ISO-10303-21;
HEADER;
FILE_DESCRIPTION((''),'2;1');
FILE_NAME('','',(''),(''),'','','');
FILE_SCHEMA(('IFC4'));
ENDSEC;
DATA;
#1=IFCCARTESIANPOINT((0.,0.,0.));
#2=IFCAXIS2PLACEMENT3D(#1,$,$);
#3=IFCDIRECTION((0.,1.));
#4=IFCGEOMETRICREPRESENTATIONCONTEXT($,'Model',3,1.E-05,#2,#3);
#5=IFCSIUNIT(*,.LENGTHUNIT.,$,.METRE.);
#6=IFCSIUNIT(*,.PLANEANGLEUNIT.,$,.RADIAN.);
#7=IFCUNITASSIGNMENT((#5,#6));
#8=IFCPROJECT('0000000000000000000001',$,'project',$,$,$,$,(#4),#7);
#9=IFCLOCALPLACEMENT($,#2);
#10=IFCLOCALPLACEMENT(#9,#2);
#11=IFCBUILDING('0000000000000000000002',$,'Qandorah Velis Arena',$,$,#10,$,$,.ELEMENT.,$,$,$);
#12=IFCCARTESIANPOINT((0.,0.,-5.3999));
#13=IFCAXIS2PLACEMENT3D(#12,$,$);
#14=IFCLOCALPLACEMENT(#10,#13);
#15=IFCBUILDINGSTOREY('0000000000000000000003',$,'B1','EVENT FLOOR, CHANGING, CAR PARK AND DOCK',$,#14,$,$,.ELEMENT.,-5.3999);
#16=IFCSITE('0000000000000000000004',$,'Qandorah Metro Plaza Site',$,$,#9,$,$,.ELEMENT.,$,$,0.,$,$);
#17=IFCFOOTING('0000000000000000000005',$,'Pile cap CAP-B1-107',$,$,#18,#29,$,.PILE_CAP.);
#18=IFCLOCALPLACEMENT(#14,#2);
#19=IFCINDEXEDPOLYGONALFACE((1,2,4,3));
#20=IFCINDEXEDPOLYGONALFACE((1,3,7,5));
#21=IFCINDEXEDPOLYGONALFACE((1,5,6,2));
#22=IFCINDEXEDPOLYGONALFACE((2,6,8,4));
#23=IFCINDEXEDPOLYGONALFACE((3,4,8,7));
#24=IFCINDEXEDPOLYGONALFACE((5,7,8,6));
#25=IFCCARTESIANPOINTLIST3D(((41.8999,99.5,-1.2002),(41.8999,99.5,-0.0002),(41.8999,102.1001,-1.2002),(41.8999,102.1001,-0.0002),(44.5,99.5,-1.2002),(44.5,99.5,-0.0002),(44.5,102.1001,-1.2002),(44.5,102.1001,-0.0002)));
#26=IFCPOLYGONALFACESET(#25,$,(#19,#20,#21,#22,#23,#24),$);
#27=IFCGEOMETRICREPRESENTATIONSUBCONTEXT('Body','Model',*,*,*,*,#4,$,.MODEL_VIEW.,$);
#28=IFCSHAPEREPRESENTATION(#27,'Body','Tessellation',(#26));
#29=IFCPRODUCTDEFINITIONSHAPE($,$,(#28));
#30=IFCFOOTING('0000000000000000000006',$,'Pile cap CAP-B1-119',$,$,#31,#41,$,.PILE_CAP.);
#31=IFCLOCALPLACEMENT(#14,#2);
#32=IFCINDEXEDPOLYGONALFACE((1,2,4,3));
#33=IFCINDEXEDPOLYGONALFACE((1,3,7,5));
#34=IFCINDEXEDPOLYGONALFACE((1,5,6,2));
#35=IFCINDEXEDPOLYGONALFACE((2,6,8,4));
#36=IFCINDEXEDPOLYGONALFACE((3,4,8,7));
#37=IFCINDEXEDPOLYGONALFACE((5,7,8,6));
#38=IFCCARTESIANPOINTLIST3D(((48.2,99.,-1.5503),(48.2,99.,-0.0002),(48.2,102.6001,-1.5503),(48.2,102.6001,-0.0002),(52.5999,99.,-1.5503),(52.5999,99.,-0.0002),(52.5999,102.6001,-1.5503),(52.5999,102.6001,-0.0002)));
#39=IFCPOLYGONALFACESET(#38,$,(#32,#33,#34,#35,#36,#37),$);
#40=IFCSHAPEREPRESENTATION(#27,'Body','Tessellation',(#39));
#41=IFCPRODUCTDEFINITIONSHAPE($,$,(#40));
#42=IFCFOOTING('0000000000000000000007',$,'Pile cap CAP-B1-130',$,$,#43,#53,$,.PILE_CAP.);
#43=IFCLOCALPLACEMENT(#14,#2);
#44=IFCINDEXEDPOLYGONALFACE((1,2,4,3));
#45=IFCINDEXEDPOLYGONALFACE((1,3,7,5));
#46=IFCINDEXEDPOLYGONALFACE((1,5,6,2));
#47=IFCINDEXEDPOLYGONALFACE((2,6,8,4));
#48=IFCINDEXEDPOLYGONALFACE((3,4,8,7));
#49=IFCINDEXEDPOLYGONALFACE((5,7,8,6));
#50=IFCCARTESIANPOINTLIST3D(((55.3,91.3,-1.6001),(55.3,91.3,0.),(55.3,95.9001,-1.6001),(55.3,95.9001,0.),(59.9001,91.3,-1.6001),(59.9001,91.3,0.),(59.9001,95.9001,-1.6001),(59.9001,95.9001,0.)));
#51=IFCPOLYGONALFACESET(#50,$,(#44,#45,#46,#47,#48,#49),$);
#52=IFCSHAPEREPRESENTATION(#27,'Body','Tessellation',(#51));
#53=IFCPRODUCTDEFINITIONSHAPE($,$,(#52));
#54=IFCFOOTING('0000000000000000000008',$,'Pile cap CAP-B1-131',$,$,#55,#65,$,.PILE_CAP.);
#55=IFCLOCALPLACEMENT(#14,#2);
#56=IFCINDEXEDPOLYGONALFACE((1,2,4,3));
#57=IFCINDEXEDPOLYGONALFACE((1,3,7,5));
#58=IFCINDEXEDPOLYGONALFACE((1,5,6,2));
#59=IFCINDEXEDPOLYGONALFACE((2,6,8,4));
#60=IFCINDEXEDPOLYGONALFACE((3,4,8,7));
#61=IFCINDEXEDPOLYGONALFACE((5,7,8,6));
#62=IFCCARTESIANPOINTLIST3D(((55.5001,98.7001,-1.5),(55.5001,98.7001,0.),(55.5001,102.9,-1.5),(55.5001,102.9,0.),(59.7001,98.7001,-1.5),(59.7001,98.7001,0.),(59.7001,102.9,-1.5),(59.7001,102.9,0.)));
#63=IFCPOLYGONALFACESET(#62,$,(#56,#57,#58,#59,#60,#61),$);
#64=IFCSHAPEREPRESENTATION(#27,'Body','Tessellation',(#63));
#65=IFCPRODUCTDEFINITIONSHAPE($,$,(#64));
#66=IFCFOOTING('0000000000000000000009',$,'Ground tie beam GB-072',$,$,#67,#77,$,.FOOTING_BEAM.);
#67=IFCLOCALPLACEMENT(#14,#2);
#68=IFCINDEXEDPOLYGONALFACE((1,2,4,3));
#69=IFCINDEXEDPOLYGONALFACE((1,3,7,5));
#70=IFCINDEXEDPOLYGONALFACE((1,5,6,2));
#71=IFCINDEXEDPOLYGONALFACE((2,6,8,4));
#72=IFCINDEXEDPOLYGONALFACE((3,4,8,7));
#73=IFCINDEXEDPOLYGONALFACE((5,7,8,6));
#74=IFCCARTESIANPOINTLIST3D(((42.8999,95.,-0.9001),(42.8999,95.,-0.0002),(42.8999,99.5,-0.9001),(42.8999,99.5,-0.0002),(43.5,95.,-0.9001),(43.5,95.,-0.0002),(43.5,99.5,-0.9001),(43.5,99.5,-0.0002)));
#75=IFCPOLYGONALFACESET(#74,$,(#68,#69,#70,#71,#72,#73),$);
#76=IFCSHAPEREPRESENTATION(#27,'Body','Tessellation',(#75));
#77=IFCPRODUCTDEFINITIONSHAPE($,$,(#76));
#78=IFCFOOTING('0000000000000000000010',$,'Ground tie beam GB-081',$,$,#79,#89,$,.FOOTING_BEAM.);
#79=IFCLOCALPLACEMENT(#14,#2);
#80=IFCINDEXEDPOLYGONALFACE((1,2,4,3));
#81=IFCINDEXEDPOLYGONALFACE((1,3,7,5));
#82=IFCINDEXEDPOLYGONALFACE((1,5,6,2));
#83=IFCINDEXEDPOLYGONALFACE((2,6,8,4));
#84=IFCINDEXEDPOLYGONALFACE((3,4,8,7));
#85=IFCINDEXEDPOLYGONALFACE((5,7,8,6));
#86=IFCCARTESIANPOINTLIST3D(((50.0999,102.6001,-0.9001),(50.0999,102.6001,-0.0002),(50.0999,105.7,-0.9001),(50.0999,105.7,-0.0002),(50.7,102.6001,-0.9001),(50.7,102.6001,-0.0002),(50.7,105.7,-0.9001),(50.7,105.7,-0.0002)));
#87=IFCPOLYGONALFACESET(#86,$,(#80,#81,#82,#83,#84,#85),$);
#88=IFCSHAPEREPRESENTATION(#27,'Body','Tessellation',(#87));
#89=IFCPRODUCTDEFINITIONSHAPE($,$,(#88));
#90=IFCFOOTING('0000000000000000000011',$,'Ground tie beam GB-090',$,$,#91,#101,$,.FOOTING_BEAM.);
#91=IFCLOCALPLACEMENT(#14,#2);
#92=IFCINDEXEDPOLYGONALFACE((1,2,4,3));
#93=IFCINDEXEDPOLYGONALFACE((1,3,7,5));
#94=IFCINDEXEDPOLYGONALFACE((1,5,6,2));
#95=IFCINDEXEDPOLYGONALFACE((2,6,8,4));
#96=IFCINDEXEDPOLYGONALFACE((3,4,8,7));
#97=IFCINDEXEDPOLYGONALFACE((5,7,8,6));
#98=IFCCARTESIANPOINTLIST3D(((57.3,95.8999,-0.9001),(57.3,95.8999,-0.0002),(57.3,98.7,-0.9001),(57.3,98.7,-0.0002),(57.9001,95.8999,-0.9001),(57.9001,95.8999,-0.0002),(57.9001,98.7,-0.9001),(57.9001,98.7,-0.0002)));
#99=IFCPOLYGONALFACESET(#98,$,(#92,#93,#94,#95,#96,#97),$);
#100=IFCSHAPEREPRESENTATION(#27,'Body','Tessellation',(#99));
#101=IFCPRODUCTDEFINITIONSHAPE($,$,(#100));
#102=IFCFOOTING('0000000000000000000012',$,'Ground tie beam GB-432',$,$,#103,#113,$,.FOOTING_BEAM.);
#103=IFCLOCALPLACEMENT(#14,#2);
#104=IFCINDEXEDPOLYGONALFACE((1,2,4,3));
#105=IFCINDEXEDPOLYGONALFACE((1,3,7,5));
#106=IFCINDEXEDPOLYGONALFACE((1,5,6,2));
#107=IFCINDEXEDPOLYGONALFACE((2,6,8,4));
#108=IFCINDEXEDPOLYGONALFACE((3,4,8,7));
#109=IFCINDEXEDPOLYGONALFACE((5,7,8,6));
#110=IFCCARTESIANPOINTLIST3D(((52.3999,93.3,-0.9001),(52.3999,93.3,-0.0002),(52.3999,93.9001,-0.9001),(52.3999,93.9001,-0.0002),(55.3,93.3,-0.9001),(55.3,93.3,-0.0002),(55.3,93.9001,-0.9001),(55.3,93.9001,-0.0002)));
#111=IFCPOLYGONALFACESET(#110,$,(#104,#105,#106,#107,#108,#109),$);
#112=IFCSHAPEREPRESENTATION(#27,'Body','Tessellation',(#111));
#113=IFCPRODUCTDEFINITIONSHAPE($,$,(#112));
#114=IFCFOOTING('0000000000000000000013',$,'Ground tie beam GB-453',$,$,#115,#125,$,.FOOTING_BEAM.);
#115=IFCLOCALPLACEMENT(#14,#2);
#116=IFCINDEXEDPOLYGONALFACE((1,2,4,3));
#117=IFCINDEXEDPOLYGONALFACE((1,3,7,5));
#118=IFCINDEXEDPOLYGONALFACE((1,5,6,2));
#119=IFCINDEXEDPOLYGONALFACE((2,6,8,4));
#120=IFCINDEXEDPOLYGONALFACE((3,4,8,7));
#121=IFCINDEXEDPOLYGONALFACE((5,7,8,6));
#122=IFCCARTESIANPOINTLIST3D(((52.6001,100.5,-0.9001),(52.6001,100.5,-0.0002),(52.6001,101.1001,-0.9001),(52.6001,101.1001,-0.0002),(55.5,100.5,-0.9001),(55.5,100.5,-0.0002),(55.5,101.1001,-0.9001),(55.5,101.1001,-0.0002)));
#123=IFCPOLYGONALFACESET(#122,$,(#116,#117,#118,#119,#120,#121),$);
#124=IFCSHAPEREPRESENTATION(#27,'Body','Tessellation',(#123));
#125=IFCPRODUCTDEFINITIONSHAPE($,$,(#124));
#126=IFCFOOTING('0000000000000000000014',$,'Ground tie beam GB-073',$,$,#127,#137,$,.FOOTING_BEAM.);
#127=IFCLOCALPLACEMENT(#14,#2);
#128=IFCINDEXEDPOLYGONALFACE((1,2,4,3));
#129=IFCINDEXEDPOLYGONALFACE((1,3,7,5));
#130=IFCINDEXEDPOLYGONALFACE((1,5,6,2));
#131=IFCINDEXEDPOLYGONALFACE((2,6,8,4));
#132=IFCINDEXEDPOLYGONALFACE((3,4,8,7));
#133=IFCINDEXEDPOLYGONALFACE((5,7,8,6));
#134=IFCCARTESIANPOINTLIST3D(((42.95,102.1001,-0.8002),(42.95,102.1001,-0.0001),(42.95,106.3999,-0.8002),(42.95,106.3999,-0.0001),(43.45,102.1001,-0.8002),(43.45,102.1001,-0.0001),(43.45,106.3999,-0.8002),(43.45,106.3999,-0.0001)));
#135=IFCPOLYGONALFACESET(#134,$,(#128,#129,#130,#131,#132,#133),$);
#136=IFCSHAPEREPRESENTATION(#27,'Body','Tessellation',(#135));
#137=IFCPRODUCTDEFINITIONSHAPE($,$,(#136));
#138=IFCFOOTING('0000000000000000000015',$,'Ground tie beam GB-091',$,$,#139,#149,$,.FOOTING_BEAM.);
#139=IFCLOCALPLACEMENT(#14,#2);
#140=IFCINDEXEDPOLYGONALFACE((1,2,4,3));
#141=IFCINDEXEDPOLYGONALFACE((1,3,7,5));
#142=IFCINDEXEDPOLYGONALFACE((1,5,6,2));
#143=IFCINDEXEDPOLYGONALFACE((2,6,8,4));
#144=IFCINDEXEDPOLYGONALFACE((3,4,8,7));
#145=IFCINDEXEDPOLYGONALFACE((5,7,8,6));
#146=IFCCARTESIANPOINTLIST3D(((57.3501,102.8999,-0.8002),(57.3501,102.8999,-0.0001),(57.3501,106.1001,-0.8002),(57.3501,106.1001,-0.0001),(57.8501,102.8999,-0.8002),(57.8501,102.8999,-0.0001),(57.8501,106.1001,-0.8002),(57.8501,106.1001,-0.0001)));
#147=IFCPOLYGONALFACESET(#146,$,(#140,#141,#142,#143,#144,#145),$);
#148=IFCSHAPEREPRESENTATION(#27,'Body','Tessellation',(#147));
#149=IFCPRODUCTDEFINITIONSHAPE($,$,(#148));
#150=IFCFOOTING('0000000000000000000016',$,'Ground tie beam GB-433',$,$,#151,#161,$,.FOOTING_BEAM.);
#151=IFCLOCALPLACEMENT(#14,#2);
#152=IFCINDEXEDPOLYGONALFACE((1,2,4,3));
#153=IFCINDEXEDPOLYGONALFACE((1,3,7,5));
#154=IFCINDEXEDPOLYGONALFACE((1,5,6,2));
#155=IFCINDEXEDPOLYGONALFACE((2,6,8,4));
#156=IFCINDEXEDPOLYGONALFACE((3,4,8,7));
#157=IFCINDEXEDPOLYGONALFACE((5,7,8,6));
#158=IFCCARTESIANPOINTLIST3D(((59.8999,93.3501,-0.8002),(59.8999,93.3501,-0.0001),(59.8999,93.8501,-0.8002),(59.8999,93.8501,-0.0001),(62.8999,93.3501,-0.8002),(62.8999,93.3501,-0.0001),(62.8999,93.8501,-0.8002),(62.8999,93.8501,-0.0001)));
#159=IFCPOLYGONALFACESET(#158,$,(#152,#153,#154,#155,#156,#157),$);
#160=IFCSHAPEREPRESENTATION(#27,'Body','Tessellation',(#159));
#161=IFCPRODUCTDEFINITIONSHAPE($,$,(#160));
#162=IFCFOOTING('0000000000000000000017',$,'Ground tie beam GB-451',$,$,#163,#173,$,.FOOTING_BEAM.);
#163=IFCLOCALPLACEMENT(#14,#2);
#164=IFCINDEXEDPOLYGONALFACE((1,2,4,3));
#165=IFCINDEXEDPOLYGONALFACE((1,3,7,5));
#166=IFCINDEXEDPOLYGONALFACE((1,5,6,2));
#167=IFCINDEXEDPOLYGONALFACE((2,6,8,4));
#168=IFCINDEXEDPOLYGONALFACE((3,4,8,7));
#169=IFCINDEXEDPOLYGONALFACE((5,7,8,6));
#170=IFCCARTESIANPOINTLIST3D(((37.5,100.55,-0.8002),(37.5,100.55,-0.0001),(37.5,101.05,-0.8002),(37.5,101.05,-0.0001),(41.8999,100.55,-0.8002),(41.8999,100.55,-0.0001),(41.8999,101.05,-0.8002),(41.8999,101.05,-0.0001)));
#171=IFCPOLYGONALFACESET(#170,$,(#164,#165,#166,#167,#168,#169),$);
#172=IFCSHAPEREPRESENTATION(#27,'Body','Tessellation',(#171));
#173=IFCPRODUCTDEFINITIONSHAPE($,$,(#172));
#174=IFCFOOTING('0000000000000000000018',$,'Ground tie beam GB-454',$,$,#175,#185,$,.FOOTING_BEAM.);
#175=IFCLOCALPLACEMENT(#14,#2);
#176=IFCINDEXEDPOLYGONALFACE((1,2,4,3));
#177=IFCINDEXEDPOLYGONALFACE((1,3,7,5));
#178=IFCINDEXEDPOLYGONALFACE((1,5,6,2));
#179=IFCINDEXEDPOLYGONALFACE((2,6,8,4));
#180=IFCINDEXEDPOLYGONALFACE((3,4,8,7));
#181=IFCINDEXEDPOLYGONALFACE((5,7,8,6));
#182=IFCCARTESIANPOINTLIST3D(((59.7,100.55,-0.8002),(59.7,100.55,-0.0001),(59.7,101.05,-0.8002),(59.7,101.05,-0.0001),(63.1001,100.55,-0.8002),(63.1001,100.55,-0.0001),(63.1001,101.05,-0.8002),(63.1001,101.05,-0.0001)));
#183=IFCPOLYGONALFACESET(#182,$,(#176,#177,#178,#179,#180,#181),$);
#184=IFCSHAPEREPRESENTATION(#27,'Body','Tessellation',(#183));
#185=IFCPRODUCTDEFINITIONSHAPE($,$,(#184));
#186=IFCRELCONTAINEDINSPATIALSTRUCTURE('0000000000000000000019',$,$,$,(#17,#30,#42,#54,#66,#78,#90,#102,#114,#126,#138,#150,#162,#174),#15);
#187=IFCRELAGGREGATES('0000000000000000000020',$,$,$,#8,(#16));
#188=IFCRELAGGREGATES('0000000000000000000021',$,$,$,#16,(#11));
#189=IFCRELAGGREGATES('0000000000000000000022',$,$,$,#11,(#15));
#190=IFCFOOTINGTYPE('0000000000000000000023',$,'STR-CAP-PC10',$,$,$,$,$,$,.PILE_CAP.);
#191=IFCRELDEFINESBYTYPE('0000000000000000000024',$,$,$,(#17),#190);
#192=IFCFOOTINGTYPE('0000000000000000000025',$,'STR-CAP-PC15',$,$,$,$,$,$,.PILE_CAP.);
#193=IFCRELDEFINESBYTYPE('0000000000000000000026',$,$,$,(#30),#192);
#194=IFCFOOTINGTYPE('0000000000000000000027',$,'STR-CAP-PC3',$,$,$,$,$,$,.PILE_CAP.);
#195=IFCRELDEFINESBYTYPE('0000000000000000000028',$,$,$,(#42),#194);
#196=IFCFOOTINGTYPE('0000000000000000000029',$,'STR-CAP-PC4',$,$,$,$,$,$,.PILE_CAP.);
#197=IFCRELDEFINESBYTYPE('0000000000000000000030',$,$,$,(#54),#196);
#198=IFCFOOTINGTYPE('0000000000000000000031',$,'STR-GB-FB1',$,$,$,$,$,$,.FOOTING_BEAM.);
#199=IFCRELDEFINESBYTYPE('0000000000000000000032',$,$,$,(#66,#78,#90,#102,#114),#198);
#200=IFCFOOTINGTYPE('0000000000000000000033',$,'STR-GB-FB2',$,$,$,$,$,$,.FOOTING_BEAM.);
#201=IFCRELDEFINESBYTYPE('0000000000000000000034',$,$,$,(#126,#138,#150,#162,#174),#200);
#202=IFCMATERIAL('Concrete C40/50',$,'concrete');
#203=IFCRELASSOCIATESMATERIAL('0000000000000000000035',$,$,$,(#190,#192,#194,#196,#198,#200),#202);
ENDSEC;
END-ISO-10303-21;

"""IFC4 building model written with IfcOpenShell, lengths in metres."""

from ifc_helpers import new_model, si_unit, direction, frame, origin, origin_2d, place, context, subcontext, project, spatial, rectangle, extrude, material, material_profile, profile_set, type_object, element, save


model = new_model("IFC4")

# Units and contexts
model_context = context("Model", 3, precision=1e-05, world=origin(), true_north=direction((0.0, 1.0)))
body_context = subcontext(model_context, "Body", "Model", "MODEL_VIEW")
ifc_project = project(units=[si_unit("LENGTHUNIT", "METRE"), si_unit("PLANEANGLEUNIT", "RADIAN")], contexts=[model_context])

# Site, building, storey
site_placement = place(None, origin())
site = spatial("IfcSite", under=ifc_project, at=site_placement, Name="Qandorah Metro Plaza Site", CompositionType="ELEMENT", RefElevation=0.0)
building_placement = place(site_placement, origin())
building = spatial("IfcBuilding", under=site, at=building_placement, Name="Qandorah Velis Arena", CompositionType="ELEMENT")
storey_placement = place(building_placement, frame((0.0, 0.0, -5.3999)))
storey = spatial("IfcBuildingStorey", under=building, at=storey_placement, Name="B1", Description="EVENT FLOOR, CHANGING, CAR PARK AND DOCK", CompositionType="ELEMENT", Elevation=-5.3999)

# Footings
ifc_material_1 = material(Name="Concrete C40/50", Category="concrete")
footing_type_1 = type_object("IfcFootingType", Name="STR-CAP-PC10", PredefinedType="PILE_CAP", material=ifc_material_1)
footing_1_placement = place(storey_placement, frame((43.2, 100.8, -1.2002), z_axis=(0.0, 0.0, 1.0), x_axis=(1.0, 0.0, 0.0)))
element("IfcFooting", 1, at=footing_1_placement, inside=storey, type_object=footing_type_1, Name="Pile cap CAP-B1-107", PredefinedType="PILE_CAP", context=body_context, shape_type="SweptSolid", body=[
    extrude(rectangle(XDim=2.6001, YDim=2.6001, at=origin_2d()), origin(), (0.0, 0.0, 1.0), 1.2),
])
footing_type_2 = type_object("IfcFootingType", Name="STR-CAP-PC15", PredefinedType="PILE_CAP", material=ifc_material_1)
footing_2_placement = place(storey_placement, frame((50.3999, 100.8, -1.5503), z_axis=(0.0, 0.0, 1.0), x_axis=(1.0, 0.0, 0.0)))
element("IfcFooting", 2, at=footing_2_placement, inside=storey, type_object=footing_type_2, Name="Pile cap CAP-B1-119", PredefinedType="PILE_CAP", context=body_context, shape_type="SweptSolid", body=[
    extrude(rectangle(XDim=4.3999, YDim=3.6001, at=origin_2d()), origin(), (0.0, 0.0, 1.0), 1.55),
])
footing_type_3 = type_object("IfcFootingType", Name="STR-CAP-PC3", PredefinedType="PILE_CAP", material=ifc_material_1)
footing_3_placement = place(storey_placement, frame((57.6001, 93.6001, -1.6001), z_axis=(0.0, 0.0, 1.0), x_axis=(1.0, 0.0, 0.0)))
element("IfcFooting", 3, at=footing_3_placement, inside=storey, type_object=footing_type_3, Name="Pile cap CAP-B1-130", PredefinedType="PILE_CAP", context=body_context, shape_type="SweptSolid", body=[
    extrude(rectangle(XDim=4.6001, YDim=4.6001, at=origin_2d()), origin(), (0.0, 0.0, 1.0), 1.6001),
])
footing_type_4 = type_object("IfcFootingType", Name="STR-CAP-PC4", PredefinedType="PILE_CAP", material=ifc_material_1)
footing_4_placement = place(storey_placement, frame((57.6001, 100.8, -1.5), z_axis=(0.0, 0.0, 1.0), x_axis=(1.0, 0.0, 0.0)))
element("IfcFooting", 4, at=footing_4_placement, inside=storey, type_object=footing_type_4, Name="Pile cap CAP-B1-131", PredefinedType="PILE_CAP", context=body_context, shape_type="SweptSolid", body=[
    extrude(rectangle(XDim=4.2, YDim=4.2, at=origin_2d()), origin(), (0.0, 0.0, 1.0), 1.5),
])
ifc_material_profile_1 = material_profile(ifc_material_1, rectangle(XDim=0.6001, YDim=0.8999, at=origin_2d()), Name="GB1 600x900")
ifc_profile_set_1 = profile_set([ifc_material_profile_1], Name="Concrete C40/50")
footing_type_5 = type_object("IfcFootingType", Name="STR-GB-FB1", PredefinedType="FOOTING_BEAM", material=ifc_profile_set_1)
footing_5_placement = place(storey_placement, frame((43.2, 95.0, -0.4502), z_axis=(0.0, 1.0, 0.0), x_axis=(-1.0, 0.0, 0.0)))
element("IfcFooting", 5, at=footing_5_placement, inside=storey, type_object=footing_type_5, Name="Ground tie beam GB-072", PredefinedType="FOOTING_BEAM", context=body_context, shape_type="SweptSolid", body=[
    extrude(rectangle(XDim=0.6001, YDim=0.8999, at=origin_2d()), origin(), (0.0, 0.0, 1.0), 4.5),
])
footing_6_placement = place(storey_placement, frame((50.3999, 102.6001, -0.4502), z_axis=(0.0, 1.0, 0.0), x_axis=(-1.0, 0.0, 0.0)))
element("IfcFooting", 6, at=footing_6_placement, inside=storey, type_object=footing_type_5, Name="Ground tie beam GB-081", PredefinedType="FOOTING_BEAM", context=body_context, shape_type="SweptSolid", body=[
    extrude(rectangle(XDim=0.6001, YDim=0.8999, at=origin_2d()), origin(), (0.0, 0.0, 1.0), 3.0999),
])
footing_7_placement = place(storey_placement, frame((57.6001, 95.8999, -0.4502), z_axis=(0.0, 1.0, 0.0), x_axis=(-1.0, 0.0, 0.0)))
element("IfcFooting", 7, at=footing_7_placement, inside=storey, type_object=footing_type_5, Name="Ground tie beam GB-090", PredefinedType="FOOTING_BEAM", context=body_context, shape_type="SweptSolid", body=[
    extrude(rectangle(XDim=0.6001, YDim=0.8999, at=origin_2d()), origin(), (0.0, 0.0, 1.0), 2.8),
])
footing_8_placement = place(storey_placement, frame((52.3999, 93.6001, -0.4502), z_axis=(1.0, 0.0, 0.0), x_axis=(0.0, 1.0, 0.0)))
element("IfcFooting", 8, at=footing_8_placement, inside=storey, type_object=footing_type_5, Name="Ground tie beam GB-432", PredefinedType="FOOTING_BEAM", context=body_context, shape_type="SweptSolid", body=[
    extrude(rectangle(XDim=0.6001, YDim=0.8999, at=origin_2d()), origin(), (0.0, 0.0, 1.0), 2.9001),
])
footing_9_placement = place(storey_placement, frame((52.6001, 100.8, -0.4502), z_axis=(1.0, 0.0, 0.0), x_axis=(0.0, 1.0, 0.0)))
element("IfcFooting", 9, at=footing_9_placement, inside=storey, type_object=footing_type_5, Name="Ground tie beam GB-453", PredefinedType="FOOTING_BEAM", context=body_context, shape_type="SweptSolid", body=[
    extrude(rectangle(XDim=0.6001, YDim=0.8999, at=origin_2d()), origin(), (0.0, 0.0, 1.0), 2.8999),
])
ifc_material_profile_2 = material_profile(ifc_material_1, rectangle(XDim=0.5, YDim=0.8, at=origin_2d()), Name="GB2 500x800")
ifc_profile_set_2 = profile_set([ifc_material_profile_2], Name="Concrete C40/50")
footing_type_6 = type_object("IfcFootingType", Name="STR-GB-FB2", PredefinedType="FOOTING_BEAM", material=ifc_profile_set_2)
footing_10_placement = place(storey_placement, frame((43.2, 102.1001, -0.4001), z_axis=(0.0, 1.0, 0.0), x_axis=(-1.0, 0.0, 0.0)))
element("IfcFooting", 10, at=footing_10_placement, inside=storey, type_object=footing_type_6, Name="Ground tie beam GB-073", PredefinedType="FOOTING_BEAM", context=body_context, shape_type="SweptSolid", body=[
    extrude(rectangle(XDim=0.5, YDim=0.8, at=origin_2d()), origin(), (0.0, 0.0, 1.0), 4.2998),
])
footing_11_placement = place(storey_placement, frame((57.6001, 102.8999, -0.4001), z_axis=(0.0, 1.0, 0.0), x_axis=(-1.0, 0.0, 0.0)))
element("IfcFooting", 11, at=footing_11_placement, inside=storey, type_object=footing_type_6, Name="Ground tie beam GB-091", PredefinedType="FOOTING_BEAM", context=body_context, shape_type="SweptSolid", body=[
    extrude(rectangle(XDim=0.5, YDim=0.8, at=origin_2d()), origin(), (0.0, 0.0, 1.0), 3.2002),
])
footing_12_placement = place(storey_placement, frame((59.8999, 93.6001, -0.4001), z_axis=(1.0, 0.0, 0.0), x_axis=(0.0, 1.0, 0.0)))
element("IfcFooting", 12, at=footing_12_placement, inside=storey, type_object=footing_type_6, Name="Ground tie beam GB-433", PredefinedType="FOOTING_BEAM", context=body_context, shape_type="SweptSolid", body=[
    extrude(rectangle(XDim=0.5, YDim=0.8, at=origin_2d()), origin(), (0.0, 0.0, 1.0), 3.0),
])
footing_13_placement = place(storey_placement, frame((37.5, 100.8, -0.4001), z_axis=(1.0, 0.0, 0.0), x_axis=(0.0, 1.0, 0.0)))
element("IfcFooting", 13, at=footing_13_placement, inside=storey, type_object=footing_type_6, Name="Ground tie beam GB-451", PredefinedType="FOOTING_BEAM", context=body_context, shape_type="SweptSolid", body=[
    extrude(rectangle(XDim=0.5, YDim=0.8, at=origin_2d()), origin(), (0.0, 0.0, 1.0), 4.3999),
])
footing_14_placement = place(storey_placement, frame((59.7, 100.8, -0.4001), z_axis=(1.0, 0.0, 0.0), x_axis=(0.0, 1.0, 0.0)))
element("IfcFooting", 14, at=footing_14_placement, inside=storey, type_object=footing_type_6, Name="Ground tie beam GB-454", PredefinedType="FOOTING_BEAM", context=body_context, shape_type="SweptSolid", body=[
    extrude(rectangle(XDim=0.5, YDim=0.8, at=origin_2d()), origin(), (0.0, 0.0, 1.0), 3.4001),
])

save(model, "model.ifc")
